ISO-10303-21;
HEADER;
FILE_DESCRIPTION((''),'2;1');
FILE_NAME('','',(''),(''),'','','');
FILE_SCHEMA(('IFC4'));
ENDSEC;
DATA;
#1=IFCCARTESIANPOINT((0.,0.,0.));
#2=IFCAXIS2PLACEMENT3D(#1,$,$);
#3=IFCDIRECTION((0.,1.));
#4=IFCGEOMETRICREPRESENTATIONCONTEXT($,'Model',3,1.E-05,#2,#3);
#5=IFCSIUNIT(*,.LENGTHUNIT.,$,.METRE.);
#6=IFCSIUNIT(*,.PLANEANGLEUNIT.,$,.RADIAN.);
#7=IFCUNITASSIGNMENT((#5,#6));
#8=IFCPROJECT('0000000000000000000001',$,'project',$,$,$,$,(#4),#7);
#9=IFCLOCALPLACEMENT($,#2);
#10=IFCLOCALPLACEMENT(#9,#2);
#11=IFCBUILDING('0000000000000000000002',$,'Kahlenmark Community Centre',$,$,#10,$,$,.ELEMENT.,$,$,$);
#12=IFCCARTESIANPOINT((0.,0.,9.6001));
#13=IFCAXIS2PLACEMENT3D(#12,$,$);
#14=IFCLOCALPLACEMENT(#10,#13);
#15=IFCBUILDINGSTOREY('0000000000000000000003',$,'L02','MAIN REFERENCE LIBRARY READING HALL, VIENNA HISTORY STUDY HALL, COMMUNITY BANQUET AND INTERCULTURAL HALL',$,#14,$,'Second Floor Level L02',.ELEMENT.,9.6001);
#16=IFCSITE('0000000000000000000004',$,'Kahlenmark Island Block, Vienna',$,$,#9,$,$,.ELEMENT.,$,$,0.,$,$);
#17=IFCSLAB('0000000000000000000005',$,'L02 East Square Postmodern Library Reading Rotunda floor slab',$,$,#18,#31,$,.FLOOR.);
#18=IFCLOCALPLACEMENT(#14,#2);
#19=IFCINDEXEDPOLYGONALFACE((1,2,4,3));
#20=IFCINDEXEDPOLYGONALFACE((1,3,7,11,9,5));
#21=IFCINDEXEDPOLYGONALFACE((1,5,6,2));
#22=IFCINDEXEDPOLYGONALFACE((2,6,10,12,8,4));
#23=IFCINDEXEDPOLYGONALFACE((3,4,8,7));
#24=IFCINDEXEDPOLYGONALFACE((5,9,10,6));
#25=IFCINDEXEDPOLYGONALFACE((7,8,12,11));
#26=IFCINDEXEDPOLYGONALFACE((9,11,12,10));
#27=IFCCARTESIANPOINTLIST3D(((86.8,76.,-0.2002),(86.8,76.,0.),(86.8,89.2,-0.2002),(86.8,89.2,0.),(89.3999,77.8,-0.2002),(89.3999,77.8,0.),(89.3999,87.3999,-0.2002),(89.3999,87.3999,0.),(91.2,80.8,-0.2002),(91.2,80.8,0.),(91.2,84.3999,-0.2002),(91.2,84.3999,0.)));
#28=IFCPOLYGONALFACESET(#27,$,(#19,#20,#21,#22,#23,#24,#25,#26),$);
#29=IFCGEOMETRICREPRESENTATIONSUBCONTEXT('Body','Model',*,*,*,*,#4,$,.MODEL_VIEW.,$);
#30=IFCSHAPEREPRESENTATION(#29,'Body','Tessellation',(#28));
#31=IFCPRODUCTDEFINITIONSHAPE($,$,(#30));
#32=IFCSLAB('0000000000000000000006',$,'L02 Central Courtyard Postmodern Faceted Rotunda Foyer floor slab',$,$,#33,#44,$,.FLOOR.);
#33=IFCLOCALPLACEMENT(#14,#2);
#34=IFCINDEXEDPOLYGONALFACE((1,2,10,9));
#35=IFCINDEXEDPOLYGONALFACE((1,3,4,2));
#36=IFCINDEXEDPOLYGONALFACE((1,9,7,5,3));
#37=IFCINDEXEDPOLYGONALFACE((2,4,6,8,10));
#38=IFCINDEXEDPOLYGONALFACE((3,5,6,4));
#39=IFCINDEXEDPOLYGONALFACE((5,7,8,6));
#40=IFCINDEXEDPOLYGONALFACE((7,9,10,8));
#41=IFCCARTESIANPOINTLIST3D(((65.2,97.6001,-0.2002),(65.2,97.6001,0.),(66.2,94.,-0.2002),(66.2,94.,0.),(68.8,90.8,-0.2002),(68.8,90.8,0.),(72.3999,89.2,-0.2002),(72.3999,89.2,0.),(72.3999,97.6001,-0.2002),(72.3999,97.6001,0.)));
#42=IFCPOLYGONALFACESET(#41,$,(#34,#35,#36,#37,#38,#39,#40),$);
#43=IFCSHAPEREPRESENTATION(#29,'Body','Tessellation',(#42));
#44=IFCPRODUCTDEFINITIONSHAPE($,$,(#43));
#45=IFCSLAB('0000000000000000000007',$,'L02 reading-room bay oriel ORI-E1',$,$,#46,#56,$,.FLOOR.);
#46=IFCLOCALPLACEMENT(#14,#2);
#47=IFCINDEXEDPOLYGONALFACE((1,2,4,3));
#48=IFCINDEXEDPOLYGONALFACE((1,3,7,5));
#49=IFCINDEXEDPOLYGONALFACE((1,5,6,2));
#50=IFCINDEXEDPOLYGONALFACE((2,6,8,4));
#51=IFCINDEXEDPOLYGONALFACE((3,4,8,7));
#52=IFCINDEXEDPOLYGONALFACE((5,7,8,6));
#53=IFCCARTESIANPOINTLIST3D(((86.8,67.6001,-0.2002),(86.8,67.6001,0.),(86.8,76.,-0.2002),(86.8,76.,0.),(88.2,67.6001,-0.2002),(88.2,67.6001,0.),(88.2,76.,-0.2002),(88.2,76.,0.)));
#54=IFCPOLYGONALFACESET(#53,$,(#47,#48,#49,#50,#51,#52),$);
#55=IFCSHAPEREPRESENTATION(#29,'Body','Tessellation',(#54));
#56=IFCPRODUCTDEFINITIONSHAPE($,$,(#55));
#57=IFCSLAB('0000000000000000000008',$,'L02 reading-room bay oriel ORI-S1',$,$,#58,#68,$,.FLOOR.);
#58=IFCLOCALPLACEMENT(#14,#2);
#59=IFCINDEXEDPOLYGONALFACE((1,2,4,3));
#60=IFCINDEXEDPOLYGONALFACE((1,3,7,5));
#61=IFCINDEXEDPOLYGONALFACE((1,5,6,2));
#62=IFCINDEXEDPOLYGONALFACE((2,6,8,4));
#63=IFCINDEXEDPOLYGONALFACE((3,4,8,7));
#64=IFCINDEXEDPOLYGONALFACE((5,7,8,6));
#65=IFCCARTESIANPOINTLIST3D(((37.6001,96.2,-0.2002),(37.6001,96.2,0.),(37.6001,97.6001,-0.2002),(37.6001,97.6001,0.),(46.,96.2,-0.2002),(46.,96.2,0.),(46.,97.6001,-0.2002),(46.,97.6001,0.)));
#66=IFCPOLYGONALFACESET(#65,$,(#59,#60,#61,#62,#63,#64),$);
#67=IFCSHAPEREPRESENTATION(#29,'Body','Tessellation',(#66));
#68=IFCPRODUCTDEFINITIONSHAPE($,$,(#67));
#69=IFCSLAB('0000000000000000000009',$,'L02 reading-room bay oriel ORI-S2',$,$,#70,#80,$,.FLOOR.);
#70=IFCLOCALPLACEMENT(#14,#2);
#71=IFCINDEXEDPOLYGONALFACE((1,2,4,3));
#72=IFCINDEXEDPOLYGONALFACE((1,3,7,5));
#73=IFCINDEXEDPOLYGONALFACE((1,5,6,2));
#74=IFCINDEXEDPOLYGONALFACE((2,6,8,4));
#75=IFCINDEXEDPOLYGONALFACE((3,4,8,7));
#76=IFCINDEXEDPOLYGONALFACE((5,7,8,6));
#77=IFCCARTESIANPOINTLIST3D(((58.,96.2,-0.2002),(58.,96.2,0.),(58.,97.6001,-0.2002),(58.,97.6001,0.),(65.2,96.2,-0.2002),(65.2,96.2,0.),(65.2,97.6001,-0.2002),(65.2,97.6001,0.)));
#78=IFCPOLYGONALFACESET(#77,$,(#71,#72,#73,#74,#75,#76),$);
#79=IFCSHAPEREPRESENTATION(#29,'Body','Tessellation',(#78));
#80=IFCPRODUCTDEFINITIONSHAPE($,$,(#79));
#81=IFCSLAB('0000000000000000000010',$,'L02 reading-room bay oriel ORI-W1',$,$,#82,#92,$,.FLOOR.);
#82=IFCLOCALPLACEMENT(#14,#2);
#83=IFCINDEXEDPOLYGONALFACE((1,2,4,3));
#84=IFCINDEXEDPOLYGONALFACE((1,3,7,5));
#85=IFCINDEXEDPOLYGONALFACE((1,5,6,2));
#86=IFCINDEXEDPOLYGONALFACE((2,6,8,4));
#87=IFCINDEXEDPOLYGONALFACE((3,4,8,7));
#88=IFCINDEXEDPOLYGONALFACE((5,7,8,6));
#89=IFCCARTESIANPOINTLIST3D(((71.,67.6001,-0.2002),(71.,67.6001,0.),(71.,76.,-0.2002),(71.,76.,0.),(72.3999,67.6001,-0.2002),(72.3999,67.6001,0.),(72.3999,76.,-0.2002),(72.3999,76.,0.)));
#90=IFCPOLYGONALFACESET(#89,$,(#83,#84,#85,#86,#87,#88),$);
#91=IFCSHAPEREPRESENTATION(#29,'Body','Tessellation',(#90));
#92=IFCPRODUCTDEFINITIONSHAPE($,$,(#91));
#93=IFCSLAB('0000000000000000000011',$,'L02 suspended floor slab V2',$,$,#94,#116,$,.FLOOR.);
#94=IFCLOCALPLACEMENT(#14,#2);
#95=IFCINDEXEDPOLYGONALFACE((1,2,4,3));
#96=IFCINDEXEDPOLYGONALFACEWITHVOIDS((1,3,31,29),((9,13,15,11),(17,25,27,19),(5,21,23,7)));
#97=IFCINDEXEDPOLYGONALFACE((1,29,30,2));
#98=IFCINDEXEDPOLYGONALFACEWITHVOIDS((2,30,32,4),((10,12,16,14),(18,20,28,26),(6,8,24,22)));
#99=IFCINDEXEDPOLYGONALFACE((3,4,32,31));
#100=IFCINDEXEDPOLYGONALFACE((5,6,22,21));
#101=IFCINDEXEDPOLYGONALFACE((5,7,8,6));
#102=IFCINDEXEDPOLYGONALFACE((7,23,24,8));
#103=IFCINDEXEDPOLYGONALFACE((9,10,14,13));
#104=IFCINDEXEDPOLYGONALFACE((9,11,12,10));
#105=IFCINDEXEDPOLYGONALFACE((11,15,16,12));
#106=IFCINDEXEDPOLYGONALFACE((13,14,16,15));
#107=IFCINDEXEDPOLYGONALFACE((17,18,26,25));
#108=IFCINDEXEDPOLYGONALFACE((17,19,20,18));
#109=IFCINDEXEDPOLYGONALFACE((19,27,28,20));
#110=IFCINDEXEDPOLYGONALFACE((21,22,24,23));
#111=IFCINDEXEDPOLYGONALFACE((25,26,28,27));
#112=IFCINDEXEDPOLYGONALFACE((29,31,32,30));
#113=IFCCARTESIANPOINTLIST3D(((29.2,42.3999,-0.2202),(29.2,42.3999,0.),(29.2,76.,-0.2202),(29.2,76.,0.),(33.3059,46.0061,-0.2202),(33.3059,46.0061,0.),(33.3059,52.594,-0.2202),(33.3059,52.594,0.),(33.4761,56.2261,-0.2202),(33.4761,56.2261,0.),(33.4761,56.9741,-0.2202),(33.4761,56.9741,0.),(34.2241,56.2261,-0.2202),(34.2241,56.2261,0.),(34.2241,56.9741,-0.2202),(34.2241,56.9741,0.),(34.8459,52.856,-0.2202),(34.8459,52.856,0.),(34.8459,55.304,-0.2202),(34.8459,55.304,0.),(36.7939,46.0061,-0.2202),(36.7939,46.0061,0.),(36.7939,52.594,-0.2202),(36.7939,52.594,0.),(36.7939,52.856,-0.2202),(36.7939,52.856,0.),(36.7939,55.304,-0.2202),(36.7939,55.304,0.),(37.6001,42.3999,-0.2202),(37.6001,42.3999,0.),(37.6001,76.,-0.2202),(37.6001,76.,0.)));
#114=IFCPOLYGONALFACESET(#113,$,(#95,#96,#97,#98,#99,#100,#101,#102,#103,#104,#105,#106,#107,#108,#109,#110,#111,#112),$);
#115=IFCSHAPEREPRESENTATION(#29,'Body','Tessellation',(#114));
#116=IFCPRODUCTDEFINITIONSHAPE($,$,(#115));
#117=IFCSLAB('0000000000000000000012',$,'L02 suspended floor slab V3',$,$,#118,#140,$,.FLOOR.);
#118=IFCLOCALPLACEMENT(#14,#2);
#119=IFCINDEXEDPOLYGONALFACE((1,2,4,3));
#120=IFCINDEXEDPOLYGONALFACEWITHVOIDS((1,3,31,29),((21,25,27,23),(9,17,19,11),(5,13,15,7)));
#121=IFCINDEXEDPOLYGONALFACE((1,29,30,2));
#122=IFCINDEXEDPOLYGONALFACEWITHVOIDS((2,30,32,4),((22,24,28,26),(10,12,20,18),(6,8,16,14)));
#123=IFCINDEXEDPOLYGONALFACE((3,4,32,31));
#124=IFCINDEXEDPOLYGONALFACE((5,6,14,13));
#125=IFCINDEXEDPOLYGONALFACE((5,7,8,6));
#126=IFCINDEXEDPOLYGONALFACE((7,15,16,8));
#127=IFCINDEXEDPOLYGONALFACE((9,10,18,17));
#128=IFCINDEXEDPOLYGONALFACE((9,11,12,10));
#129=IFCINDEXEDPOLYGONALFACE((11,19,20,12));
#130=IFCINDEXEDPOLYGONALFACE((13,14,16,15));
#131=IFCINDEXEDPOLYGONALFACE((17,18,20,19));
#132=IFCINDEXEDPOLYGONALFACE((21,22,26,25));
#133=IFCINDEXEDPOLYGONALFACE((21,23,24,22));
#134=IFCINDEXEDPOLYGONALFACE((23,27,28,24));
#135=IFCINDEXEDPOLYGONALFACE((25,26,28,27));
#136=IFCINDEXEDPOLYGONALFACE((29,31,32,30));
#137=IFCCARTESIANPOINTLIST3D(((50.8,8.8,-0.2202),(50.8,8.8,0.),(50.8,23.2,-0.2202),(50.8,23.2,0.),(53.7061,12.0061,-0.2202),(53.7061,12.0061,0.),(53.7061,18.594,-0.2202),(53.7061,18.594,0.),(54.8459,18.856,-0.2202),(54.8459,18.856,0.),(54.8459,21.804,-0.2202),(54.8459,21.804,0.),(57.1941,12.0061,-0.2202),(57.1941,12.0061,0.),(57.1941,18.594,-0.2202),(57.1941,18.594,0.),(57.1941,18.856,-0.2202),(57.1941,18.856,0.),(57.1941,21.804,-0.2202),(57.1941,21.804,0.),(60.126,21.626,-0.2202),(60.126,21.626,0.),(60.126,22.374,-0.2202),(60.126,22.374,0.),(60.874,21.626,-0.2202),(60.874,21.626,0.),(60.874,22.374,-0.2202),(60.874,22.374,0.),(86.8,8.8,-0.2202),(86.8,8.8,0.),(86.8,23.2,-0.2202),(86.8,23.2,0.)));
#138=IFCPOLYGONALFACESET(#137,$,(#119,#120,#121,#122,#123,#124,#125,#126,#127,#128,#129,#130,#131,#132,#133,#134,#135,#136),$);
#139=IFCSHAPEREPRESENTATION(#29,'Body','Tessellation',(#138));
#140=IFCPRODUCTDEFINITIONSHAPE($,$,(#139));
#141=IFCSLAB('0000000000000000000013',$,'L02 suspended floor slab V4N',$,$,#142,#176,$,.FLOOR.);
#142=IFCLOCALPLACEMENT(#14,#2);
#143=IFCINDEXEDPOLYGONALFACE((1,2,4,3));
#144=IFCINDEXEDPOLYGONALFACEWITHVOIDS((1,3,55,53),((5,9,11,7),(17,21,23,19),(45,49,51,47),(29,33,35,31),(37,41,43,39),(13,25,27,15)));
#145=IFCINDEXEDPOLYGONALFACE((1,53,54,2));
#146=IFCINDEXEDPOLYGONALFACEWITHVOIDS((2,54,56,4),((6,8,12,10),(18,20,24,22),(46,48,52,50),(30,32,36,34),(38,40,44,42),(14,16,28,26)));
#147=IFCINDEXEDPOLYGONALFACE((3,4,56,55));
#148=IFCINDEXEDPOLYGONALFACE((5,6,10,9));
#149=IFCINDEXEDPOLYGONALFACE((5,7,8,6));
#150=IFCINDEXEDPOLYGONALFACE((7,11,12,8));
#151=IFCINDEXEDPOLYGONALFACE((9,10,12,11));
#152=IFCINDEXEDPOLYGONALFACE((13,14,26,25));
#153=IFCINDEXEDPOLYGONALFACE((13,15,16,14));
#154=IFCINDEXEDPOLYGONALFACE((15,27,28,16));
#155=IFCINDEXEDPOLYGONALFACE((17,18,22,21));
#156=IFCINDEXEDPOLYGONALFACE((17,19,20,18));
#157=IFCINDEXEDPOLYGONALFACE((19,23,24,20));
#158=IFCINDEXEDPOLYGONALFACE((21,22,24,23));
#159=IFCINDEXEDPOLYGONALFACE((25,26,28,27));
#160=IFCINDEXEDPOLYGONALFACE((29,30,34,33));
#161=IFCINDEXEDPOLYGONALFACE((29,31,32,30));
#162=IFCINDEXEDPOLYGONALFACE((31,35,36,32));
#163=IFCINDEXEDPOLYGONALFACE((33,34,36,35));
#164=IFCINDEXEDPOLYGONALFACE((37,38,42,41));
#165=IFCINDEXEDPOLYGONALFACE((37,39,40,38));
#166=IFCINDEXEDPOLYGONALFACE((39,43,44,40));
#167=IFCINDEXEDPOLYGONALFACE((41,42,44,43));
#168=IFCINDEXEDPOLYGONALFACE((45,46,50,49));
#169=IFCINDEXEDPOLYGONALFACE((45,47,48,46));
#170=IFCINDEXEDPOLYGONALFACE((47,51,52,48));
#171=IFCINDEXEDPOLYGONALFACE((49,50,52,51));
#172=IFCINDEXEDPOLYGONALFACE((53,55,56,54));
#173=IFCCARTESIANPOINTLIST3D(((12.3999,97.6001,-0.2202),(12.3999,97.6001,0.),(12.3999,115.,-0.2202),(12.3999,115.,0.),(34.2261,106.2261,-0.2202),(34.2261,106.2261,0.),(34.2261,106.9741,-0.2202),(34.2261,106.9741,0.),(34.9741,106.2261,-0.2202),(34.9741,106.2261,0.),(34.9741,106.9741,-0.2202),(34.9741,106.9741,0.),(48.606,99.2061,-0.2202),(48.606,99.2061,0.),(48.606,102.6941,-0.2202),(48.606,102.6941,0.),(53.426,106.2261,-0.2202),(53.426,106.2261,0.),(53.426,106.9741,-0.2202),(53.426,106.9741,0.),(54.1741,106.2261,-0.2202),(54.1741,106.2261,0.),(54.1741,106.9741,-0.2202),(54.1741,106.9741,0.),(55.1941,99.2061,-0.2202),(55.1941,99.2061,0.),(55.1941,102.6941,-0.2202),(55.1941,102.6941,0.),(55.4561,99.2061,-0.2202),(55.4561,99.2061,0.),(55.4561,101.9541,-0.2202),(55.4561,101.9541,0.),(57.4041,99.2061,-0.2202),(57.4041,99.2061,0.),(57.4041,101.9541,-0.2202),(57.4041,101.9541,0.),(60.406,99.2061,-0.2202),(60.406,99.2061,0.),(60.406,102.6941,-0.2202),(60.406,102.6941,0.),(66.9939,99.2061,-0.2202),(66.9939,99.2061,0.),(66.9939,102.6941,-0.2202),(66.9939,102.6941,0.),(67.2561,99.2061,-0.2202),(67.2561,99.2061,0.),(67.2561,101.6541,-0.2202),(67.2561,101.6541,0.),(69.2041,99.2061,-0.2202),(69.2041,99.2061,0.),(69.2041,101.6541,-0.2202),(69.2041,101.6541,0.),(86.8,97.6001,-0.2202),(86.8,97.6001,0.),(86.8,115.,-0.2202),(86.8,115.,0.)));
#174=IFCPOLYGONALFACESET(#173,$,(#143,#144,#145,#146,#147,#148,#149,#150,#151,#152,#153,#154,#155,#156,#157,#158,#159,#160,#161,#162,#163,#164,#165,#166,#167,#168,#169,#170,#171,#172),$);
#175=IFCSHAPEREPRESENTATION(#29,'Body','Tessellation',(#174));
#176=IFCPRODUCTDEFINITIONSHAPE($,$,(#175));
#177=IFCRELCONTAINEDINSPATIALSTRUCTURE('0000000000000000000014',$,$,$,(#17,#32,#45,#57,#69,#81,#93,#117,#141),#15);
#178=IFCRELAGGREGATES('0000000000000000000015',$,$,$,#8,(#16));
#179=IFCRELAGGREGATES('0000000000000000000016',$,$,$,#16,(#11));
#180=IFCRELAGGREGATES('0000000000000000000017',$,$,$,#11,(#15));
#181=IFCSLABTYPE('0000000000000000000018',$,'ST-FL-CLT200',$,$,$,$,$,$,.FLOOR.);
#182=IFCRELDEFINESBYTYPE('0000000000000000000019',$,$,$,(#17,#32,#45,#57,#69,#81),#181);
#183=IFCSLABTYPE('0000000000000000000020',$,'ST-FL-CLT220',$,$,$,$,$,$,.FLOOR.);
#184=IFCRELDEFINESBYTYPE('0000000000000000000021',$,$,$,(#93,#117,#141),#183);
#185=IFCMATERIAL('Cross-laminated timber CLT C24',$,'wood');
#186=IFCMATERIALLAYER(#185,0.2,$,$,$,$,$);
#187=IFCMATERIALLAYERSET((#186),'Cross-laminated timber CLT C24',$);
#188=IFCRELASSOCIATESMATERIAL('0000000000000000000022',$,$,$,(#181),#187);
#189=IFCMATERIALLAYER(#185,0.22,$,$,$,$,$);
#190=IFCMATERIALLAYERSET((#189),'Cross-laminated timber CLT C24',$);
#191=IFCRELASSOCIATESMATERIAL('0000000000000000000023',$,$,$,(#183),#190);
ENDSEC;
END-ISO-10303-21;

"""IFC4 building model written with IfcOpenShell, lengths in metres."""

from ifc_helpers import new_model, si_unit, direction, frame, origin, place, context, subcontext, project, spatial, polyline, outline, extrude, material, layer, layer_set, type_object, element, save


model = new_model("IFC4")

# Units and contexts
model_context = context("Model", 3, precision=1e-05, world=origin(), true_north=direction((0.0, 1.0)))
body_context = subcontext(model_context, "Body", "Model", "MODEL_VIEW")
ifc_project = project(units=[si_unit("LENGTHUNIT", "METRE"), si_unit("PLANEANGLEUNIT", "RADIAN")], contexts=[model_context])

# Site, building, storey
site_placement = place(None, origin())
site = spatial("IfcSite", under=ifc_project, at=site_placement, Name="Kahlenmark Island Block, Vienna", CompositionType="ELEMENT", RefElevation=0.0)
building_placement = place(site_placement, origin())
building = spatial("IfcBuilding", under=site, at=building_placement, Name="Kahlenmark Community Centre", CompositionType="ELEMENT")
storey_placement = place(building_placement, frame((0.0, 0.0, 9.6001)))
storey = spatial("IfcBuildingStorey", under=building, at=storey_placement, Name="L02", Description="MAIN REFERENCE LIBRARY READING HALL, VIENNA HISTORY STUDY HALL, COMMUNITY BANQUET AND INTERCULTURAL HALL", LongName="Second Floor Level L02", CompositionType="ELEMENT", Elevation=9.6001)

# Slabs
ifc_material_1 = material(Name="Cross-laminated timber CLT C24", Category="wood")
ifc_layer_1 = layer(ifc_material_1, 0.2)
ifc_layer_set_1 = layer_set([ifc_layer_1], Name="Cross-laminated timber CLT C24")
slab_type_1 = type_object("IfcSlabType", Name="ST-FL-CLT200", PredefinedType="FLOOR", material=ifc_layer_set_1)
slab_1_placement = place(storey_placement, frame((0.0, 0.0, -0.2002)))
element("IfcSlab", 1, at=slab_1_placement, inside=storey, type_object=slab_type_1, Name="L02 East Square Postmodern Library Reading Rotunda floor slab", PredefinedType="FLOOR", context=body_context, shape_type="SweptSolid", body=[
    extrude(outline(polyline([(86.8, 76.0), (89.3999, 77.8), (91.2, 80.8), (91.2, 84.3999), (89.3999, 87.3999), (86.8, 89.2), (86.8, 76.0)])), origin(), (0.0, 0.0, 1.0), 0.2002),
])
slab_2_placement = place(storey_placement, frame((0.0, 0.0, -0.2002)))
element("IfcSlab", 2, at=slab_2_placement, inside=storey, type_object=slab_type_1, Name="L02 Central Courtyard Postmodern Faceted Rotunda Foyer floor slab", PredefinedType="FLOOR", context=body_context, shape_type="SweptSolid", body=[
    extrude(outline(polyline([(65.2, 97.6001), (66.2, 94.0), (68.8, 90.8), (72.3999, 89.2), (72.3999, 97.6001), (65.2, 97.6001)])), origin(), (0.0, 0.0, 1.0), 0.2002),
])
slab_3_placement = place(storey_placement, frame((0.0, 0.0, -0.2002)))
element("IfcSlab", 3, at=slab_3_placement, inside=storey, type_object=slab_type_1, Name="L02 reading-room bay oriel ORI-E1", PredefinedType="FLOOR", context=body_context, shape_type="SweptSolid", body=[
    extrude(outline(polyline([(86.8, 67.6001), (88.2, 67.6001), (88.2, 76.0), (86.8, 76.0), (86.8, 67.6001)])), origin(), (0.0, 0.0, 1.0), 0.2002),
])
slab_4_placement = place(storey_placement, frame((0.0, 0.0, -0.2002)))
element("IfcSlab", 4, at=slab_4_placement, inside=storey, type_object=slab_type_1, Name="L02 reading-room bay oriel ORI-S1", PredefinedType="FLOOR", context=body_context, shape_type="SweptSolid", body=[
    extrude(outline(polyline([(37.6001, 96.2), (46.0, 96.2), (46.0, 97.6001), (37.6001, 97.6001), (37.6001, 96.2)])), origin(), (0.0, 0.0, 1.0), 0.2002),
])
slab_5_placement = place(storey_placement, frame((0.0, 0.0, -0.2002)))
element("IfcSlab", 5, at=slab_5_placement, inside=storey, type_object=slab_type_1, Name="L02 reading-room bay oriel ORI-S2", PredefinedType="FLOOR", context=body_context, shape_type="SweptSolid", body=[
    extrude(outline(polyline([(58.0, 96.2), (65.2, 96.2), (65.2, 97.6001), (58.0, 97.6001), (58.0, 96.2)])), origin(), (0.0, 0.0, 1.0), 0.2002),
])
slab_6_placement = place(storey_placement, frame((0.0, 0.0, -0.2002)))
element("IfcSlab", 6, at=slab_6_placement, inside=storey, type_object=slab_type_1, Name="L02 reading-room bay oriel ORI-W1", PredefinedType="FLOOR", context=body_context, shape_type="SweptSolid", body=[
    extrude(outline(polyline([(71.0, 67.6001), (72.3999, 67.6001), (72.3999, 76.0), (71.0, 76.0), (71.0, 67.6001)])), origin(), (0.0, 0.0, 1.0), 0.2002),
])
ifc_layer_2 = layer(ifc_material_1, 0.22)
ifc_layer_set_2 = layer_set([ifc_layer_2], Name="Cross-laminated timber CLT C24")
slab_type_2 = type_object("IfcSlabType", Name="ST-FL-CLT220", PredefinedType="FLOOR", material=ifc_layer_set_2)
slab_7_placement = place(storey_placement, frame((0.0, 0.0, -0.2202)))
element("IfcSlab", 7, at=slab_7_placement, inside=storey, type_object=slab_type_2, Name="L02 suspended floor slab V2", PredefinedType="FLOOR", context=body_context, shape_type="SweptSolid", body=[
    extrude(outline(polyline([(29.2, 42.3999), (37.6001, 42.3999), (37.6001, 76.0), (29.2, 76.0), (29.2, 42.3999)]), holes=[polyline([(33.3059, 46.0061), (36.7939, 46.0061), (36.7939, 52.594), (33.3059, 52.594), (33.3059, 46.0061)]), polyline([(34.8459, 52.856), (36.7939, 52.856), (36.7939, 55.304), (34.8459, 55.304), (34.8459, 52.856)]), polyline([(33.4761, 56.2261), (34.2241, 56.2261), (34.2241, 56.9741), (33.4761, 56.9741), (33.4761, 56.2261)])]), origin(), (0.0, 0.0, 1.0), 0.2202),
])
slab_8_placement = place(storey_placement, frame((0.0, 0.0, -0.2202)))
element("IfcSlab", 8, at=slab_8_placement, inside=storey, type_object=slab_type_2, Name="L02 suspended floor slab V3", PredefinedType="FLOOR", context=body_context, shape_type="SweptSolid", body=[
    extrude(outline(polyline([(50.8, 8.8), (86.8, 8.8), (86.8, 23.2), (50.8, 23.2), (50.8, 8.8)]), holes=[polyline([(53.7061, 12.0061), (57.1941, 12.0061), (57.1941, 18.594), (53.7061, 18.594), (53.7061, 12.0061)]), polyline([(54.8459, 18.856), (57.1941, 18.856), (57.1941, 21.804), (54.8459, 21.804), (54.8459, 18.856)]), polyline([(60.126, 21.626), (60.874, 21.626), (60.874, 22.374), (60.126, 22.374), (60.126, 21.626)])]), origin(), (0.0, 0.0, 1.0), 0.2202),
])
slab_9_placement = place(storey_placement, frame((0.0, 0.0, -0.2202)))
element("IfcSlab", 9, at=slab_9_placement, inside=storey, type_object=slab_type_2, Name="L02 suspended floor slab V4N", PredefinedType="FLOOR", context=body_context, shape_type="SweptSolid", body=[
    extrude(outline(polyline([(12.3999, 97.6001), (86.8, 97.6001), (86.8, 115.0), (12.3999, 115.0), (12.3999, 97.6001)]), holes=[polyline([(48.606, 99.2061), (55.1941, 99.2061), (55.1941, 102.6941), (48.606, 102.6941), (48.606, 99.2061)]), polyline([(60.406, 99.2061), (66.9939, 99.2061), (66.9939, 102.6941), (60.406, 102.6941), (60.406, 99.2061)]), polyline([(55.4561, 99.2061), (57.4041, 99.2061), (57.4041, 101.9541), (55.4561, 101.9541), (55.4561, 99.2061)]), polyline([(67.2561, 99.2061), (69.2041, 99.2061), (69.2041, 101.6541), (67.2561, 101.6541), (67.2561, 99.2061)]), polyline([(34.2261, 106.2261), (34.9741, 106.2261), (34.9741, 106.9741), (34.2261, 106.9741), (34.2261, 106.2261)]), polyline([(53.426, 106.2261), (54.1741, 106.2261), (54.1741, 106.9741), (53.426, 106.9741), (53.426, 106.2261)])]), origin(), (0.0, 0.0, 1.0), 0.2202),
])

save(model, "model.ifc")
